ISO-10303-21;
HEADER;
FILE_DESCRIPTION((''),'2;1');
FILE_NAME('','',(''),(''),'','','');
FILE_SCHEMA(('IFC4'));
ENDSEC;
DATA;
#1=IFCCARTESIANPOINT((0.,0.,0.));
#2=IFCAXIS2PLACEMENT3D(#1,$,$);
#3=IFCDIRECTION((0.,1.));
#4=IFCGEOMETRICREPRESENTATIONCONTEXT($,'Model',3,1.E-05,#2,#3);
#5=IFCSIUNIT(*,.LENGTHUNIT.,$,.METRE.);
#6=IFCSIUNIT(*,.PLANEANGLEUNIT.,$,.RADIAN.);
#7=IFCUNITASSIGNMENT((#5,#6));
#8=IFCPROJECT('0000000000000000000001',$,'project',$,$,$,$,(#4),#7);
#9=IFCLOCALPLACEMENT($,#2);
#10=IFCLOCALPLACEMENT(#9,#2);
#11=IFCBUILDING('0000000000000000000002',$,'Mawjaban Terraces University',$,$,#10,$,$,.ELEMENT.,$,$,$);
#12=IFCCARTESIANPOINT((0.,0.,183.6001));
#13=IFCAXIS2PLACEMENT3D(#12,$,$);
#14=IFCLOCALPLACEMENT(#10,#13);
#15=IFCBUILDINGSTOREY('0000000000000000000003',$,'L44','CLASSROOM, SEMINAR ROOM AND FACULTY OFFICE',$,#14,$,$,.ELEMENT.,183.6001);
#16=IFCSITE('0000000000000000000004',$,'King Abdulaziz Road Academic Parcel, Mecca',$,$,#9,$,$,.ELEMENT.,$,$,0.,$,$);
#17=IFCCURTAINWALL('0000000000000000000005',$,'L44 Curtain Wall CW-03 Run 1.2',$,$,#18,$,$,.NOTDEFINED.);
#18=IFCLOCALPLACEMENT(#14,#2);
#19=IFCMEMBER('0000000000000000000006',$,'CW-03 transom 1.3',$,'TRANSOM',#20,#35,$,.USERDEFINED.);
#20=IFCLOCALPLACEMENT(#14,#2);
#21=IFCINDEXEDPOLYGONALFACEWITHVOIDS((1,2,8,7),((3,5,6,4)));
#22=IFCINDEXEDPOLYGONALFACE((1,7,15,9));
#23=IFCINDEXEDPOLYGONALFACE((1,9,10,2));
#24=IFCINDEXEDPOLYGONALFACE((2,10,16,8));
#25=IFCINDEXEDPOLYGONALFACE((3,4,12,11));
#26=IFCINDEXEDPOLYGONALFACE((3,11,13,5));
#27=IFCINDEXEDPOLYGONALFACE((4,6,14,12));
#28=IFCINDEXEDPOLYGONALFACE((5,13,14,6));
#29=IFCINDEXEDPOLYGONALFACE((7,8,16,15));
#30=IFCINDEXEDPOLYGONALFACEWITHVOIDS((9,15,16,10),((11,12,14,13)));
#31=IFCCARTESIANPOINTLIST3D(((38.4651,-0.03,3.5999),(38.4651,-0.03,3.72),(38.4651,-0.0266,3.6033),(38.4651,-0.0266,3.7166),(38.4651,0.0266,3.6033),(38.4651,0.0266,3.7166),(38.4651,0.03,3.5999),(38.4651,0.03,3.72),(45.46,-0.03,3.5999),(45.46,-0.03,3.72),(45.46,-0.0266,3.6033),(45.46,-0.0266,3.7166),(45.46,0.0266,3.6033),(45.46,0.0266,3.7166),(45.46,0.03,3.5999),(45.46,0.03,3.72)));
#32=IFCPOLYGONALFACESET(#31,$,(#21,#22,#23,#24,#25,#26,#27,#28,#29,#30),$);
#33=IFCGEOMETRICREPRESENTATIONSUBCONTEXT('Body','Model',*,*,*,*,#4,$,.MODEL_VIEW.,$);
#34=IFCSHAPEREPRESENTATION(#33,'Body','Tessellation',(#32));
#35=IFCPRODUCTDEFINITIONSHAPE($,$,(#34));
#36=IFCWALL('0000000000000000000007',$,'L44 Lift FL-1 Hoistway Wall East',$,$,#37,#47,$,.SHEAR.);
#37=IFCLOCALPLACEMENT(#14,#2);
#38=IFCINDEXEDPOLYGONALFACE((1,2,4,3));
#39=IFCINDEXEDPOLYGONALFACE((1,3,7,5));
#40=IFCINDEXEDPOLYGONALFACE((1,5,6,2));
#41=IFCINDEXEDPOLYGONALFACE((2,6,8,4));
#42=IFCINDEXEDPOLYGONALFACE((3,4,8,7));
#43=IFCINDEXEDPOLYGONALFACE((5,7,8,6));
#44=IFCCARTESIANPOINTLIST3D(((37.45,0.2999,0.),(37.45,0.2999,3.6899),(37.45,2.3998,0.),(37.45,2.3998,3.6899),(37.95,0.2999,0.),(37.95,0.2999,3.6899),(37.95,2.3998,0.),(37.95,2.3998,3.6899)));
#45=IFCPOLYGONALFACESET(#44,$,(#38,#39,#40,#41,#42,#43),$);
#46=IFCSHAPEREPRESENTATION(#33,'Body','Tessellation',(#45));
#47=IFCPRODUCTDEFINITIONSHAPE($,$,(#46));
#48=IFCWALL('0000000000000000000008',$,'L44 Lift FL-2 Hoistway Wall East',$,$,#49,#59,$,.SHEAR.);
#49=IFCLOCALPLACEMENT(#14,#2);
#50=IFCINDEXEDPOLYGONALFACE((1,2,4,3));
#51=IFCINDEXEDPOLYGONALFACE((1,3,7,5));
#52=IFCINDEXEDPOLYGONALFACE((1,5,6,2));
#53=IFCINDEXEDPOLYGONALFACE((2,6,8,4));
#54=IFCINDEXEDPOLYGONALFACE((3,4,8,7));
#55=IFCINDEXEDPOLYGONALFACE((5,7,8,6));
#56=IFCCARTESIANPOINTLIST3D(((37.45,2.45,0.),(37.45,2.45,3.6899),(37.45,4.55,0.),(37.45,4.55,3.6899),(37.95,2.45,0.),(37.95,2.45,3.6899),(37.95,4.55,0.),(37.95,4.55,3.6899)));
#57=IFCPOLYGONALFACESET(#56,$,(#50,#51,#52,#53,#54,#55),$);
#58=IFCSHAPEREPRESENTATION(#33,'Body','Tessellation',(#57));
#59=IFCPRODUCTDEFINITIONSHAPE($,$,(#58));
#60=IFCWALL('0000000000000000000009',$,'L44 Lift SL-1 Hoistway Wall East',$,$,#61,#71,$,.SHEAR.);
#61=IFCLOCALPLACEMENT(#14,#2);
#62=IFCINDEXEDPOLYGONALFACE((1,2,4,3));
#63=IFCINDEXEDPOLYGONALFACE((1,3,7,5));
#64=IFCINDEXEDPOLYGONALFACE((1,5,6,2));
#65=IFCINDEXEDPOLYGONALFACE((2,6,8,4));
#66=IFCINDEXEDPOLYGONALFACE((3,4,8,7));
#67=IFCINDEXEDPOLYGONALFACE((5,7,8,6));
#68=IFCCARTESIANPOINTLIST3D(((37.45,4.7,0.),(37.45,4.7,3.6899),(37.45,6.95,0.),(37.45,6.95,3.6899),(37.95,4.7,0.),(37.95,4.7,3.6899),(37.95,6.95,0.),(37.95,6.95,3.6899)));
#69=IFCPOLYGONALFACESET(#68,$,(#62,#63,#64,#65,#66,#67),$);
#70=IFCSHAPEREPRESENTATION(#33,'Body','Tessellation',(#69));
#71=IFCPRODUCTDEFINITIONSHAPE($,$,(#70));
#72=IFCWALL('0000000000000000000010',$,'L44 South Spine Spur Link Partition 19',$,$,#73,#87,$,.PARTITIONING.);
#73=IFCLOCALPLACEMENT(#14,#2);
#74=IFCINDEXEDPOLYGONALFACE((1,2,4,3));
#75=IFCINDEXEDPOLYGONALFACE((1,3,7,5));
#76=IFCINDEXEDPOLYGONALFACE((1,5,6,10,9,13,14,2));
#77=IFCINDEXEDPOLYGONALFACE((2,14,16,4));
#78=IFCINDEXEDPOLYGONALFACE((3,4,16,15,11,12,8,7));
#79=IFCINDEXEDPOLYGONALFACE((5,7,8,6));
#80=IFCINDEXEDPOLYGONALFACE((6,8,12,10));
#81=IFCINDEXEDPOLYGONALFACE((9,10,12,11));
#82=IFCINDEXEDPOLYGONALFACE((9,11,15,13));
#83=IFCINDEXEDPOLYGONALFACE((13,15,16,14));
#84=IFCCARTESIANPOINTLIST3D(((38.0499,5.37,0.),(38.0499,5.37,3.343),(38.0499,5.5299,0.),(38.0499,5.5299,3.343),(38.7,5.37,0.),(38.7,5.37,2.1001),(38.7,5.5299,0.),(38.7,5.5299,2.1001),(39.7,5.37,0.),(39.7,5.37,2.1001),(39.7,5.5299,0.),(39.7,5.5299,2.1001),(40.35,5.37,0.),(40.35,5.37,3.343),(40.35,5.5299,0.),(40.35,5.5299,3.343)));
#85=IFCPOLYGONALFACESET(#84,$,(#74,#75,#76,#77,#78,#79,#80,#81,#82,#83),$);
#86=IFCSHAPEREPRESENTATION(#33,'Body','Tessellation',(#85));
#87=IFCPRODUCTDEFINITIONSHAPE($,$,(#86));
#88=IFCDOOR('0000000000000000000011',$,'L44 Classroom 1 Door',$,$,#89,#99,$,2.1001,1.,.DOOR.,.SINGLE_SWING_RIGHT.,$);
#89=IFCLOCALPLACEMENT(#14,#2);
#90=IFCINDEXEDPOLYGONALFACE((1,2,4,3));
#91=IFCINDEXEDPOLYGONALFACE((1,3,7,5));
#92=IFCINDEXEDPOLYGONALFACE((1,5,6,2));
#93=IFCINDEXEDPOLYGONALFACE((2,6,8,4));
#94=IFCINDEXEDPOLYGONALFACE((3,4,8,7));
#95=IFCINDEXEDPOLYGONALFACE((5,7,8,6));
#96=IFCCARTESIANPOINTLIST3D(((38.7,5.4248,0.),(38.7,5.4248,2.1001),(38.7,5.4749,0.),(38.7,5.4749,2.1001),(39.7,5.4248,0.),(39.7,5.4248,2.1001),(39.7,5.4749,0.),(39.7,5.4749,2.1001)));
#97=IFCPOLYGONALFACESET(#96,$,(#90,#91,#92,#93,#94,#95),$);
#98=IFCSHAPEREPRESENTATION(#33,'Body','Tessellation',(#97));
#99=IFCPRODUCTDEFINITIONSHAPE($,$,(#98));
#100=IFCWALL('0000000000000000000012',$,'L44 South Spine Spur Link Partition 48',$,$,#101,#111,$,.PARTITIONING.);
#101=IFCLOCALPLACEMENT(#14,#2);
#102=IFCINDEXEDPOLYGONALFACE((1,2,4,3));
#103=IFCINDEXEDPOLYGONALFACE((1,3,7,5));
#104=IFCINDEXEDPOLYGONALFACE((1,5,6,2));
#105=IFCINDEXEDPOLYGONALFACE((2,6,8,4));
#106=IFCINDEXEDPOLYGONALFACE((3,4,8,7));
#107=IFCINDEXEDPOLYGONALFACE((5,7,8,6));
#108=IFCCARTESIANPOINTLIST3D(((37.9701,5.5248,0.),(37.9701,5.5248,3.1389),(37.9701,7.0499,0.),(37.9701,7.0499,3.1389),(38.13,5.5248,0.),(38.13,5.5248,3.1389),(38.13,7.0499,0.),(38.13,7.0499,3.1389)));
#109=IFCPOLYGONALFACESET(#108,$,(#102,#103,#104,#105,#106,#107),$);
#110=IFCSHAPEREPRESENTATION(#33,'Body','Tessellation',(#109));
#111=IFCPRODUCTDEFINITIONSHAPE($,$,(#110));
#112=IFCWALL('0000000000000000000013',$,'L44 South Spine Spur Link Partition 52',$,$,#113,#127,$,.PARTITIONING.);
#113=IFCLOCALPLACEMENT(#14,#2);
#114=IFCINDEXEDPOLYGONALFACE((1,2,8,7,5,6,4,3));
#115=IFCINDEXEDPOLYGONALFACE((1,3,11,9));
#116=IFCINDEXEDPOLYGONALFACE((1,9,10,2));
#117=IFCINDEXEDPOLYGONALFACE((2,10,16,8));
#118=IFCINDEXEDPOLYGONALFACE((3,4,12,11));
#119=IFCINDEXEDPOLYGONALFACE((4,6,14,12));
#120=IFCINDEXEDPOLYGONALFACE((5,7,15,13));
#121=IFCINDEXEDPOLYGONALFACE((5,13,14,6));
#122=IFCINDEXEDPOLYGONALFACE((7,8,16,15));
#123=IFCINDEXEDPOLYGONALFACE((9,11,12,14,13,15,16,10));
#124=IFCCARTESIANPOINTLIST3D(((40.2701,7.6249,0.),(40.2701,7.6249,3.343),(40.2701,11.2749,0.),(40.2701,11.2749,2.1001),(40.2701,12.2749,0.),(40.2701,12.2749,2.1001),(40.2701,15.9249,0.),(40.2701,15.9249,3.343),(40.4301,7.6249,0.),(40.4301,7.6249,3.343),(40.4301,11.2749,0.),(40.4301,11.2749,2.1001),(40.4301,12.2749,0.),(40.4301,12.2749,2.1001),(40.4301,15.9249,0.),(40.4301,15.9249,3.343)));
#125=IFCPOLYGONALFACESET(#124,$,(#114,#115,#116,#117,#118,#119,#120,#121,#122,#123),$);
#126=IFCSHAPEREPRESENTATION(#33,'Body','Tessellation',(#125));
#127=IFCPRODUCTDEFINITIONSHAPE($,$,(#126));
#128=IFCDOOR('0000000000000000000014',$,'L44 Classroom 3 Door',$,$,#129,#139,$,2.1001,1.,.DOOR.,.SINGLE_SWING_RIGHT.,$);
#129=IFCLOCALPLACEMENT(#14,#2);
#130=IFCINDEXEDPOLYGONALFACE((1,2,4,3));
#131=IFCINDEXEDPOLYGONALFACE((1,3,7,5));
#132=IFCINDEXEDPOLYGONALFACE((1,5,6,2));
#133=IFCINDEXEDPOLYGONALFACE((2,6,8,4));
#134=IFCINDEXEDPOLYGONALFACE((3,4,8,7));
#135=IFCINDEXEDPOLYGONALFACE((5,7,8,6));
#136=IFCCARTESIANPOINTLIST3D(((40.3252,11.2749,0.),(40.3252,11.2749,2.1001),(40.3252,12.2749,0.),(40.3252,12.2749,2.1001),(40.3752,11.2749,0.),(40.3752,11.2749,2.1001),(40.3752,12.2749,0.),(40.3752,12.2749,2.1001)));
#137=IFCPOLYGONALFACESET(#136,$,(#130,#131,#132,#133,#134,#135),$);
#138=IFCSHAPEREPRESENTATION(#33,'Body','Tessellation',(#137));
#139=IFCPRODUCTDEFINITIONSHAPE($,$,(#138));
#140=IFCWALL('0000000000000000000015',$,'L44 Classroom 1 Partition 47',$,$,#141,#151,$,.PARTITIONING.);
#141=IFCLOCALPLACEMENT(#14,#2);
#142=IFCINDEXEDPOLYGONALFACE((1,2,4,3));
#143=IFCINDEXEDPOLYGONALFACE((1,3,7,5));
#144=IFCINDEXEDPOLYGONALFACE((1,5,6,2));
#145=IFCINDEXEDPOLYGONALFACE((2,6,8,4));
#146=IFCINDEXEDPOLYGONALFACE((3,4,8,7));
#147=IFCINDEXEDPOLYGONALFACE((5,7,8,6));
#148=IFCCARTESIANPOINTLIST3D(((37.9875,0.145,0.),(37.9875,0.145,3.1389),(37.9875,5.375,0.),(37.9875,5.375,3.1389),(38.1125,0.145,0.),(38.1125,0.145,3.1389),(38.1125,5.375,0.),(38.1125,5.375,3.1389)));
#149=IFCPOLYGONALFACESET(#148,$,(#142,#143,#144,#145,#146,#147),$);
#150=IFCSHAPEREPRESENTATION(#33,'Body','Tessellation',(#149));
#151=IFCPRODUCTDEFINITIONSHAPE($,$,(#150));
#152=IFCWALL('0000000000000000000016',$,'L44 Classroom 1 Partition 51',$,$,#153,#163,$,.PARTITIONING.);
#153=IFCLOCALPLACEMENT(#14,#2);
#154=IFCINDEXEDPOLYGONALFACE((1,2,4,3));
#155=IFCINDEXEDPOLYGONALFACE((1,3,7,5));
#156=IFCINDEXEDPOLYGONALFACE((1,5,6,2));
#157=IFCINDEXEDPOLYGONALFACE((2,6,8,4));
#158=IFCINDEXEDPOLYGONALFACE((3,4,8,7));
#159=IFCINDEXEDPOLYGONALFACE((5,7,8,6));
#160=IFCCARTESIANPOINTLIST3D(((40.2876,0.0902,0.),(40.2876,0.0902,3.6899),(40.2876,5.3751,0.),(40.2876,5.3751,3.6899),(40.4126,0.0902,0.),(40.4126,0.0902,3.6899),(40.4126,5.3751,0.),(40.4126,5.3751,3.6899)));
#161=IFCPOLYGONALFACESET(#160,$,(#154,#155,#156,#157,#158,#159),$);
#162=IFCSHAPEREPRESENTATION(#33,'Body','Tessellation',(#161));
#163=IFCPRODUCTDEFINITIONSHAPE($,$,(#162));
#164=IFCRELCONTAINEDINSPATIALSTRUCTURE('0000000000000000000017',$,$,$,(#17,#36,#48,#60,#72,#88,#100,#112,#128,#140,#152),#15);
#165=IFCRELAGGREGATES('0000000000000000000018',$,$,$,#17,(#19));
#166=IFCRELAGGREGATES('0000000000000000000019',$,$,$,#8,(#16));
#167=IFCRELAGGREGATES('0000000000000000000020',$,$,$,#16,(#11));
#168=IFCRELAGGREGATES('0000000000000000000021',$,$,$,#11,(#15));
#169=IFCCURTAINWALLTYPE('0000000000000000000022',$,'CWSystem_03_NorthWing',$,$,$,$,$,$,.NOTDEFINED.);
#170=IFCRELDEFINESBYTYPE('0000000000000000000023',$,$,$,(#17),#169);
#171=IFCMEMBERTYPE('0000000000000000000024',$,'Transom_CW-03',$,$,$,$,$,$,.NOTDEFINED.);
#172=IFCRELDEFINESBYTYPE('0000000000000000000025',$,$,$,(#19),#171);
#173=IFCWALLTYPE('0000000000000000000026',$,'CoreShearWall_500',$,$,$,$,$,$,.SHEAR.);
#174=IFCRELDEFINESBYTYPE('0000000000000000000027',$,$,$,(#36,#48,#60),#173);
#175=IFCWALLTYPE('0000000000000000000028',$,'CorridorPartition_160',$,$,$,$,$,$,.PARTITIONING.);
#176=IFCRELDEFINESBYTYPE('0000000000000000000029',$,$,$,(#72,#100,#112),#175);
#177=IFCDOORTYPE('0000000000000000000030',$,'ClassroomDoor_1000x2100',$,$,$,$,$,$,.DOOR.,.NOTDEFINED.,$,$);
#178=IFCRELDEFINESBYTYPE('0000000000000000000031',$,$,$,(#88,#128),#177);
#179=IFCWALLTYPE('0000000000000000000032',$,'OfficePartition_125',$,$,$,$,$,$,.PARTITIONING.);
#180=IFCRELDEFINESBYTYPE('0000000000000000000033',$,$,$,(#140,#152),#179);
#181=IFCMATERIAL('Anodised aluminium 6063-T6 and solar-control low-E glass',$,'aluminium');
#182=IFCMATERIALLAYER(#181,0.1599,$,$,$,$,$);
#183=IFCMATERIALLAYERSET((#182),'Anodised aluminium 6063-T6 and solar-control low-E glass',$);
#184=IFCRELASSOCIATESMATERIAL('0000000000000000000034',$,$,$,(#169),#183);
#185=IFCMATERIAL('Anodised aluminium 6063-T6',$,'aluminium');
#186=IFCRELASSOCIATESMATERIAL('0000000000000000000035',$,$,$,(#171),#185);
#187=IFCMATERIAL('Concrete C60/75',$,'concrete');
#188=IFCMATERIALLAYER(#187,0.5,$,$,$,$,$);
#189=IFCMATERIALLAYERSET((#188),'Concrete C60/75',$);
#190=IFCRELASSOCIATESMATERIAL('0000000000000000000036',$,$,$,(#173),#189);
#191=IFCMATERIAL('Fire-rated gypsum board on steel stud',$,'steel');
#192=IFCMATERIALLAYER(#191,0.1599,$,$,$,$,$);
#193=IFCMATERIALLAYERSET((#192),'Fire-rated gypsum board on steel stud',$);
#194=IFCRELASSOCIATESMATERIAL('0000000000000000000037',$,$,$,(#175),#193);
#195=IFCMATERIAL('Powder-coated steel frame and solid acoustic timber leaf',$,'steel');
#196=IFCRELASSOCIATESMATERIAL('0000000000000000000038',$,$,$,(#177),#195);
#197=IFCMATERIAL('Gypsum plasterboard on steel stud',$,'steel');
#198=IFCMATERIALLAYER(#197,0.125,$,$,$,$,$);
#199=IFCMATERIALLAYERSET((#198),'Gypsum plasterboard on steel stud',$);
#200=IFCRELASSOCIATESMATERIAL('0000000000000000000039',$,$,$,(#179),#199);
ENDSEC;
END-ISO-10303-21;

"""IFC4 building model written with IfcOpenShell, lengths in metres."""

from ifc_helpers import new_model, si_unit, direction, frame, frame_2d, origin, origin_2d, place, context, subcontext, project, spatial, rectangle, hollow_rectangle, extrude, material, layer, layer_set, material_profile, profile_set, type_object, element, fill, aggregate, save


model = new_model("IFC4")

# Units and contexts
model_context = context("Model", 3, precision=1e-05, world=origin(), true_north=direction((0.0, 1.0)))
body_context = subcontext(model_context, "Body", "Model", "MODEL_VIEW")
ifc_project = project(units=[si_unit("LENGTHUNIT", "METRE"), si_unit("PLANEANGLEUNIT", "RADIAN")], contexts=[model_context])

# Site, building, storey
site_placement = place(None, origin())
site = spatial("IfcSite", under=ifc_project, at=site_placement, Name="King Abdulaziz Road Academic Parcel, Mecca", CompositionType="ELEMENT", RefElevation=0.0)
building_placement = place(site_placement, origin())
building = spatial("IfcBuilding", under=site, at=building_placement, Name="Mawjaban Terraces University", CompositionType="ELEMENT")
storey_placement = place(building_placement, frame((0.0, 0.0, 183.6001)))
storey = spatial("IfcBuildingStorey", under=building, at=storey_placement, Name="L44", Description="CLASSROOM, SEMINAR ROOM AND FACULTY OFFICE", CompositionType="ELEMENT", Elevation=183.6001)

# Shared definitions
ifc_material_1 = material(Name="Concrete C60/75", Category="concrete")

# Curtain wall, member
ifc_material_2 = material(Name="Anodised aluminium 6063-T6 and solar-control low-E glass", Category="aluminium")
ifc_layer_1 = layer(ifc_material_2, 0.1599)
ifc_layer_set_1 = layer_set([ifc_layer_1], Name="Anodised aluminium 6063-T6 and solar-control low-E glass")
curtain_wall_type = type_object("IfcCurtainWallType", Name="CWSystem_03_NorthWing", PredefinedType="NOTDEFINED", material=ifc_layer_set_1)
curtain_wall_placement = place(storey_placement, origin())
curtain_wall = element("IfcCurtainWall", 1, at=curtain_wall_placement, inside=storey, type_object=curtain_wall_type, Name="L44 Curtain Wall CW-03 Run 1.2", PredefinedType="NOTDEFINED")
ifc_material_3 = material(Name="Anodised aluminium 6063-T6", Category="aluminium")
ifc_material_profile_1 = material_profile(ifc_material_3, hollow_rectangle(XDim=0.0601, YDim=0.1201, WallThickness=0.0034, at=origin_2d()), Name="ALU120X60X3.5")
ifc_profile_set_1 = profile_set([ifc_material_profile_1], Name="Anodised aluminium 6063-T6")
member_type_1 = type_object("IfcMemberType", Name="Transom_CW-03", PredefinedType="NOTDEFINED", material=ifc_profile_set_1)
member_1_placement = place(storey_placement, frame((38.4651, 0.0, 3.6599), z_axis=(1.0, 0.0, 0.0), x_axis=(0.0, 1.0, 0.0)))
member_1 = element("IfcMember", 2, at=member_1_placement, type_object=member_type_1, Name="CW-03 transom 1.3", ObjectType="TRANSOM", PredefinedType="USERDEFINED", context=body_context, shape_type="SweptSolid", body=[
    extrude(hollow_rectangle(XDim=0.0601, YDim=0.1201, WallThickness=0.0034, at=origin_2d()), origin(), (0.0, 0.0, 1.0), 6.9949),
])
aggregate(curtain_wall, [member_1])

# Walls
ifc_layer_2 = layer(ifc_material_1, 0.5)
ifc_layer_set_2 = layer_set([ifc_layer_2], Name="Concrete C60/75")
wall_type_1 = type_object("IfcWallType", Name="CoreShearWall_500", PredefinedType="SHEAR", material=ifc_layer_set_2)
wall_1_placement = place(storey_placement, frame((37.7, 0.3, 0.0), z_axis=(0.0, 0.0, 1.0), x_axis=(0.0, 1.0, 0.0)))
element("IfcWall", 3, at=wall_1_placement, inside=storey, type_object=wall_type_1, Name="L44 Lift FL-1 Hoistway Wall East", PredefinedType="SHEAR", context=body_context, shape_type="SweptSolid", body=[
    extrude(rectangle(XDim=2.0999, YDim=0.5, at=frame_2d((1.0498, 0.0))), origin(), (0.0, 0.0, 1.0), 3.6899),
])
wall_2_placement = place(storey_placement, frame((37.7, 2.45, 0.0), z_axis=(0.0, 0.0, 1.0), x_axis=(0.0, 1.0, 0.0)))
element("IfcWall", 4, at=wall_2_placement, inside=storey, type_object=wall_type_1, Name="L44 Lift FL-2 Hoistway Wall East", PredefinedType="SHEAR", context=body_context, shape_type="SweptSolid", body=[
    extrude(rectangle(XDim=2.1001, YDim=0.5, at=frame_2d((1.05, 0.0))), origin(), (0.0, 0.0, 1.0), 3.6899),
])
wall_3_placement = place(storey_placement, frame((37.7, 4.7, 0.0), z_axis=(0.0, 0.0, 1.0), x_axis=(0.0, 1.0, 0.0)))
element("IfcWall", 5, at=wall_3_placement, inside=storey, type_object=wall_type_1, Name="L44 Lift SL-1 Hoistway Wall East", PredefinedType="SHEAR", context=body_context, shape_type="SweptSolid", body=[
    extrude(rectangle(XDim=2.25, YDim=0.5, at=frame_2d((1.125, 0.0))), origin(), (0.0, 0.0, 1.0), 3.6899),
])

# Wall, opening, door
ifc_material_4 = material(Name="Fire-rated gypsum board on steel stud", Category="steel")
ifc_layer_3 = layer(ifc_material_4, 0.1599)
ifc_layer_set_3 = layer_set([ifc_layer_3], Name="Fire-rated gypsum board on steel stud")
wall_type_2 = type_object("IfcWallType", Name="CorridorPartition_160", PredefinedType="PARTITIONING", material=ifc_layer_set_3)
wall_4_placement = place(storey_placement, frame((38.05, 5.45, 0.0), z_axis=(0.0, 0.0, 1.0), x_axis=(1.0, 0.0, 0.0)))
wall_4 = element("IfcWall", 6, at=wall_4_placement, inside=storey, type_object=wall_type_2, Name="L44 South Spine Spur Link Partition 19", PredefinedType="PARTITIONING", context=body_context, shape_type="SweptSolid", body=[
    extrude(rectangle(XDim=2.3, YDim=0.1599, at=frame_2d((1.1499, 0.0))), origin(), (0.0, 0.0, 1.0), 3.343),
])
opening_1_placement = place(wall_4_placement, frame((0.6499, 0.0, 0.0)))
opening_1 = element("IfcOpeningElement", 7, at=opening_1_placement, cuts=wall_4, PredefinedType="OPENING", context=body_context, shape_type="SweptSolid", body=[
    extrude(rectangle(XDim=1.0, YDim=2.1001, at=frame_2d((0.5, 1.05))), frame((0.0, 0.0898, 0.0), z_axis=(0.0, -1.0, 0.0), x_axis=(1.0, 0.0, 0.0)), (0.0, 0.0, 1.0), 0.1799),
])
ifc_material_5 = material(Name="Powder-coated steel frame and solid acoustic timber leaf", Category="steel")
door_type_1 = type_object("IfcDoorType", Name="ClassroomDoor_1000x2100", OperationType="NOTDEFINED", PredefinedType="DOOR", material=ifc_material_5)
door_1_placement = place(opening_1_placement, origin())
door_1 = element("IfcDoor", 8, at=door_1_placement, inside=storey, type_object=door_type_1, Name="L44 Classroom 1 Door", OperationType="SINGLE_SWING_RIGHT", OverallHeight=2.1001, OverallWidth=1.0, PredefinedType="DOOR", context=body_context, shape_type="SweptSolid", body=[
    extrude(rectangle(XDim=1.0, YDim=2.1001, at=frame_2d((0.5, 1.05))), frame((0.0, 0.0249, 0.0), z_axis=(0.0, -1.0, 0.0), x_axis=(1.0, 0.0, 0.0)), (0.0, 0.0, 1.0), 0.05),
])
fill(opening_1, door_1)

# Wall
wall_5_placement = place(storey_placement, frame((38.05, 7.05, 0.0), z_axis=(0.0, 0.0, 1.0), x_axis=(0.0, -1.0, 0.0)))
element("IfcWall", 9, at=wall_5_placement, inside=storey, type_object=wall_type_2, Name="L44 South Spine Spur Link Partition 48", PredefinedType="PARTITIONING", context=body_context, shape_type="SweptSolid", body=[
    extrude(rectangle(XDim=1.5251, YDim=0.1599, at=frame_2d((0.7627, 0.0))), origin(), (0.0, 0.0, 1.0), 3.1389),
])

# Wall, opening, door
wall_6_placement = place(storey_placement, frame((40.3501, 7.625, 0.0), z_axis=(0.0, 0.0, 1.0), x_axis=(0.0, 1.0, 0.0)))
wall_6 = element("IfcWall", 10, at=wall_6_placement, inside=storey, type_object=wall_type_2, Name="L44 South Spine Spur Link Partition 52", PredefinedType="PARTITIONING", context=body_context, shape_type="SweptSolid", body=[
    extrude(rectangle(XDim=8.3, YDim=0.1599, at=frame_2d((4.1499, 0.0))), origin(), (0.0, 0.0, 1.0), 3.343),
])
opening_2_placement = place(wall_6_placement, frame((3.6499, 0.0, 0.0)))
opening_2 = element("IfcOpeningElement", 11, at=opening_2_placement, cuts=wall_6, PredefinedType="OPENING", context=body_context, shape_type="SweptSolid", body=[
    extrude(rectangle(XDim=1.0, YDim=2.1001, at=frame_2d((0.5, 1.05))), frame((0.0, 0.0898, 0.0), z_axis=(0.0, -1.0, 0.0), x_axis=(1.0, 0.0, 0.0)), (0.0, 0.0, 1.0), 0.1799),
])
door_2_placement = place(opening_2_placement, origin())
door_2 = element("IfcDoor", 12, at=door_2_placement, inside=storey, type_object=door_type_1, Name="L44 Classroom 3 Door", OperationType="SINGLE_SWING_RIGHT", OverallHeight=2.1001, OverallWidth=1.0, PredefinedType="DOOR", context=body_context, shape_type="SweptSolid", body=[
    extrude(rectangle(XDim=1.0, YDim=2.1001, at=frame_2d((0.5, 1.05))), frame((0.0, 0.0249, 0.0), z_axis=(0.0, -1.0, 0.0), x_axis=(1.0, 0.0, 0.0)), (0.0, 0.0, 1.0), 0.05),
])
fill(opening_2, door_2)

# Walls
ifc_material_6 = material(Name="Gypsum plasterboard on steel stud", Category="steel")
ifc_layer_4 = layer(ifc_material_6, 0.125)
ifc_layer_set_4 = layer_set([ifc_layer_4], Name="Gypsum plasterboard on steel stud")
wall_type_3 = type_object("IfcWallType", Name="OfficePartition_125", PredefinedType="PARTITIONING", material=ifc_layer_set_4)
wall_7_placement = place(storey_placement, frame((38.05, 5.375, 0.0), z_axis=(0.0, 0.0, 1.0), x_axis=(0.0, -1.0, 0.0)))
element("IfcWall", 13, at=wall_7_placement, inside=storey, type_object=wall_type_3, Name="L44 Classroom 1 Partition 47", PredefinedType="PARTITIONING", context=body_context, shape_type="SweptSolid", body=[
    extrude(rectangle(XDim=5.23, YDim=0.125, at=frame_2d((2.615, 0.0))), origin(), (0.0, 0.0, 1.0), 3.1389),
])
wall_8_placement = place(storey_placement, frame((40.3501, 0.0901, 0.0), z_axis=(0.0, 0.0, 1.0), x_axis=(0.0, 1.0, 0.0)))
element("IfcWall", 14, at=wall_8_placement, inside=storey, type_object=wall_type_3, Name="L44 Classroom 1 Partition 51", PredefinedType="PARTITIONING", context=body_context, shape_type="SweptSolid", body=[
    extrude(rectangle(XDim=5.2849, YDim=0.125, at=frame_2d((2.6426, 0.0))), origin(), (0.0, 0.0, 1.0), 3.6899),
])

save(model, "model.ifc")
